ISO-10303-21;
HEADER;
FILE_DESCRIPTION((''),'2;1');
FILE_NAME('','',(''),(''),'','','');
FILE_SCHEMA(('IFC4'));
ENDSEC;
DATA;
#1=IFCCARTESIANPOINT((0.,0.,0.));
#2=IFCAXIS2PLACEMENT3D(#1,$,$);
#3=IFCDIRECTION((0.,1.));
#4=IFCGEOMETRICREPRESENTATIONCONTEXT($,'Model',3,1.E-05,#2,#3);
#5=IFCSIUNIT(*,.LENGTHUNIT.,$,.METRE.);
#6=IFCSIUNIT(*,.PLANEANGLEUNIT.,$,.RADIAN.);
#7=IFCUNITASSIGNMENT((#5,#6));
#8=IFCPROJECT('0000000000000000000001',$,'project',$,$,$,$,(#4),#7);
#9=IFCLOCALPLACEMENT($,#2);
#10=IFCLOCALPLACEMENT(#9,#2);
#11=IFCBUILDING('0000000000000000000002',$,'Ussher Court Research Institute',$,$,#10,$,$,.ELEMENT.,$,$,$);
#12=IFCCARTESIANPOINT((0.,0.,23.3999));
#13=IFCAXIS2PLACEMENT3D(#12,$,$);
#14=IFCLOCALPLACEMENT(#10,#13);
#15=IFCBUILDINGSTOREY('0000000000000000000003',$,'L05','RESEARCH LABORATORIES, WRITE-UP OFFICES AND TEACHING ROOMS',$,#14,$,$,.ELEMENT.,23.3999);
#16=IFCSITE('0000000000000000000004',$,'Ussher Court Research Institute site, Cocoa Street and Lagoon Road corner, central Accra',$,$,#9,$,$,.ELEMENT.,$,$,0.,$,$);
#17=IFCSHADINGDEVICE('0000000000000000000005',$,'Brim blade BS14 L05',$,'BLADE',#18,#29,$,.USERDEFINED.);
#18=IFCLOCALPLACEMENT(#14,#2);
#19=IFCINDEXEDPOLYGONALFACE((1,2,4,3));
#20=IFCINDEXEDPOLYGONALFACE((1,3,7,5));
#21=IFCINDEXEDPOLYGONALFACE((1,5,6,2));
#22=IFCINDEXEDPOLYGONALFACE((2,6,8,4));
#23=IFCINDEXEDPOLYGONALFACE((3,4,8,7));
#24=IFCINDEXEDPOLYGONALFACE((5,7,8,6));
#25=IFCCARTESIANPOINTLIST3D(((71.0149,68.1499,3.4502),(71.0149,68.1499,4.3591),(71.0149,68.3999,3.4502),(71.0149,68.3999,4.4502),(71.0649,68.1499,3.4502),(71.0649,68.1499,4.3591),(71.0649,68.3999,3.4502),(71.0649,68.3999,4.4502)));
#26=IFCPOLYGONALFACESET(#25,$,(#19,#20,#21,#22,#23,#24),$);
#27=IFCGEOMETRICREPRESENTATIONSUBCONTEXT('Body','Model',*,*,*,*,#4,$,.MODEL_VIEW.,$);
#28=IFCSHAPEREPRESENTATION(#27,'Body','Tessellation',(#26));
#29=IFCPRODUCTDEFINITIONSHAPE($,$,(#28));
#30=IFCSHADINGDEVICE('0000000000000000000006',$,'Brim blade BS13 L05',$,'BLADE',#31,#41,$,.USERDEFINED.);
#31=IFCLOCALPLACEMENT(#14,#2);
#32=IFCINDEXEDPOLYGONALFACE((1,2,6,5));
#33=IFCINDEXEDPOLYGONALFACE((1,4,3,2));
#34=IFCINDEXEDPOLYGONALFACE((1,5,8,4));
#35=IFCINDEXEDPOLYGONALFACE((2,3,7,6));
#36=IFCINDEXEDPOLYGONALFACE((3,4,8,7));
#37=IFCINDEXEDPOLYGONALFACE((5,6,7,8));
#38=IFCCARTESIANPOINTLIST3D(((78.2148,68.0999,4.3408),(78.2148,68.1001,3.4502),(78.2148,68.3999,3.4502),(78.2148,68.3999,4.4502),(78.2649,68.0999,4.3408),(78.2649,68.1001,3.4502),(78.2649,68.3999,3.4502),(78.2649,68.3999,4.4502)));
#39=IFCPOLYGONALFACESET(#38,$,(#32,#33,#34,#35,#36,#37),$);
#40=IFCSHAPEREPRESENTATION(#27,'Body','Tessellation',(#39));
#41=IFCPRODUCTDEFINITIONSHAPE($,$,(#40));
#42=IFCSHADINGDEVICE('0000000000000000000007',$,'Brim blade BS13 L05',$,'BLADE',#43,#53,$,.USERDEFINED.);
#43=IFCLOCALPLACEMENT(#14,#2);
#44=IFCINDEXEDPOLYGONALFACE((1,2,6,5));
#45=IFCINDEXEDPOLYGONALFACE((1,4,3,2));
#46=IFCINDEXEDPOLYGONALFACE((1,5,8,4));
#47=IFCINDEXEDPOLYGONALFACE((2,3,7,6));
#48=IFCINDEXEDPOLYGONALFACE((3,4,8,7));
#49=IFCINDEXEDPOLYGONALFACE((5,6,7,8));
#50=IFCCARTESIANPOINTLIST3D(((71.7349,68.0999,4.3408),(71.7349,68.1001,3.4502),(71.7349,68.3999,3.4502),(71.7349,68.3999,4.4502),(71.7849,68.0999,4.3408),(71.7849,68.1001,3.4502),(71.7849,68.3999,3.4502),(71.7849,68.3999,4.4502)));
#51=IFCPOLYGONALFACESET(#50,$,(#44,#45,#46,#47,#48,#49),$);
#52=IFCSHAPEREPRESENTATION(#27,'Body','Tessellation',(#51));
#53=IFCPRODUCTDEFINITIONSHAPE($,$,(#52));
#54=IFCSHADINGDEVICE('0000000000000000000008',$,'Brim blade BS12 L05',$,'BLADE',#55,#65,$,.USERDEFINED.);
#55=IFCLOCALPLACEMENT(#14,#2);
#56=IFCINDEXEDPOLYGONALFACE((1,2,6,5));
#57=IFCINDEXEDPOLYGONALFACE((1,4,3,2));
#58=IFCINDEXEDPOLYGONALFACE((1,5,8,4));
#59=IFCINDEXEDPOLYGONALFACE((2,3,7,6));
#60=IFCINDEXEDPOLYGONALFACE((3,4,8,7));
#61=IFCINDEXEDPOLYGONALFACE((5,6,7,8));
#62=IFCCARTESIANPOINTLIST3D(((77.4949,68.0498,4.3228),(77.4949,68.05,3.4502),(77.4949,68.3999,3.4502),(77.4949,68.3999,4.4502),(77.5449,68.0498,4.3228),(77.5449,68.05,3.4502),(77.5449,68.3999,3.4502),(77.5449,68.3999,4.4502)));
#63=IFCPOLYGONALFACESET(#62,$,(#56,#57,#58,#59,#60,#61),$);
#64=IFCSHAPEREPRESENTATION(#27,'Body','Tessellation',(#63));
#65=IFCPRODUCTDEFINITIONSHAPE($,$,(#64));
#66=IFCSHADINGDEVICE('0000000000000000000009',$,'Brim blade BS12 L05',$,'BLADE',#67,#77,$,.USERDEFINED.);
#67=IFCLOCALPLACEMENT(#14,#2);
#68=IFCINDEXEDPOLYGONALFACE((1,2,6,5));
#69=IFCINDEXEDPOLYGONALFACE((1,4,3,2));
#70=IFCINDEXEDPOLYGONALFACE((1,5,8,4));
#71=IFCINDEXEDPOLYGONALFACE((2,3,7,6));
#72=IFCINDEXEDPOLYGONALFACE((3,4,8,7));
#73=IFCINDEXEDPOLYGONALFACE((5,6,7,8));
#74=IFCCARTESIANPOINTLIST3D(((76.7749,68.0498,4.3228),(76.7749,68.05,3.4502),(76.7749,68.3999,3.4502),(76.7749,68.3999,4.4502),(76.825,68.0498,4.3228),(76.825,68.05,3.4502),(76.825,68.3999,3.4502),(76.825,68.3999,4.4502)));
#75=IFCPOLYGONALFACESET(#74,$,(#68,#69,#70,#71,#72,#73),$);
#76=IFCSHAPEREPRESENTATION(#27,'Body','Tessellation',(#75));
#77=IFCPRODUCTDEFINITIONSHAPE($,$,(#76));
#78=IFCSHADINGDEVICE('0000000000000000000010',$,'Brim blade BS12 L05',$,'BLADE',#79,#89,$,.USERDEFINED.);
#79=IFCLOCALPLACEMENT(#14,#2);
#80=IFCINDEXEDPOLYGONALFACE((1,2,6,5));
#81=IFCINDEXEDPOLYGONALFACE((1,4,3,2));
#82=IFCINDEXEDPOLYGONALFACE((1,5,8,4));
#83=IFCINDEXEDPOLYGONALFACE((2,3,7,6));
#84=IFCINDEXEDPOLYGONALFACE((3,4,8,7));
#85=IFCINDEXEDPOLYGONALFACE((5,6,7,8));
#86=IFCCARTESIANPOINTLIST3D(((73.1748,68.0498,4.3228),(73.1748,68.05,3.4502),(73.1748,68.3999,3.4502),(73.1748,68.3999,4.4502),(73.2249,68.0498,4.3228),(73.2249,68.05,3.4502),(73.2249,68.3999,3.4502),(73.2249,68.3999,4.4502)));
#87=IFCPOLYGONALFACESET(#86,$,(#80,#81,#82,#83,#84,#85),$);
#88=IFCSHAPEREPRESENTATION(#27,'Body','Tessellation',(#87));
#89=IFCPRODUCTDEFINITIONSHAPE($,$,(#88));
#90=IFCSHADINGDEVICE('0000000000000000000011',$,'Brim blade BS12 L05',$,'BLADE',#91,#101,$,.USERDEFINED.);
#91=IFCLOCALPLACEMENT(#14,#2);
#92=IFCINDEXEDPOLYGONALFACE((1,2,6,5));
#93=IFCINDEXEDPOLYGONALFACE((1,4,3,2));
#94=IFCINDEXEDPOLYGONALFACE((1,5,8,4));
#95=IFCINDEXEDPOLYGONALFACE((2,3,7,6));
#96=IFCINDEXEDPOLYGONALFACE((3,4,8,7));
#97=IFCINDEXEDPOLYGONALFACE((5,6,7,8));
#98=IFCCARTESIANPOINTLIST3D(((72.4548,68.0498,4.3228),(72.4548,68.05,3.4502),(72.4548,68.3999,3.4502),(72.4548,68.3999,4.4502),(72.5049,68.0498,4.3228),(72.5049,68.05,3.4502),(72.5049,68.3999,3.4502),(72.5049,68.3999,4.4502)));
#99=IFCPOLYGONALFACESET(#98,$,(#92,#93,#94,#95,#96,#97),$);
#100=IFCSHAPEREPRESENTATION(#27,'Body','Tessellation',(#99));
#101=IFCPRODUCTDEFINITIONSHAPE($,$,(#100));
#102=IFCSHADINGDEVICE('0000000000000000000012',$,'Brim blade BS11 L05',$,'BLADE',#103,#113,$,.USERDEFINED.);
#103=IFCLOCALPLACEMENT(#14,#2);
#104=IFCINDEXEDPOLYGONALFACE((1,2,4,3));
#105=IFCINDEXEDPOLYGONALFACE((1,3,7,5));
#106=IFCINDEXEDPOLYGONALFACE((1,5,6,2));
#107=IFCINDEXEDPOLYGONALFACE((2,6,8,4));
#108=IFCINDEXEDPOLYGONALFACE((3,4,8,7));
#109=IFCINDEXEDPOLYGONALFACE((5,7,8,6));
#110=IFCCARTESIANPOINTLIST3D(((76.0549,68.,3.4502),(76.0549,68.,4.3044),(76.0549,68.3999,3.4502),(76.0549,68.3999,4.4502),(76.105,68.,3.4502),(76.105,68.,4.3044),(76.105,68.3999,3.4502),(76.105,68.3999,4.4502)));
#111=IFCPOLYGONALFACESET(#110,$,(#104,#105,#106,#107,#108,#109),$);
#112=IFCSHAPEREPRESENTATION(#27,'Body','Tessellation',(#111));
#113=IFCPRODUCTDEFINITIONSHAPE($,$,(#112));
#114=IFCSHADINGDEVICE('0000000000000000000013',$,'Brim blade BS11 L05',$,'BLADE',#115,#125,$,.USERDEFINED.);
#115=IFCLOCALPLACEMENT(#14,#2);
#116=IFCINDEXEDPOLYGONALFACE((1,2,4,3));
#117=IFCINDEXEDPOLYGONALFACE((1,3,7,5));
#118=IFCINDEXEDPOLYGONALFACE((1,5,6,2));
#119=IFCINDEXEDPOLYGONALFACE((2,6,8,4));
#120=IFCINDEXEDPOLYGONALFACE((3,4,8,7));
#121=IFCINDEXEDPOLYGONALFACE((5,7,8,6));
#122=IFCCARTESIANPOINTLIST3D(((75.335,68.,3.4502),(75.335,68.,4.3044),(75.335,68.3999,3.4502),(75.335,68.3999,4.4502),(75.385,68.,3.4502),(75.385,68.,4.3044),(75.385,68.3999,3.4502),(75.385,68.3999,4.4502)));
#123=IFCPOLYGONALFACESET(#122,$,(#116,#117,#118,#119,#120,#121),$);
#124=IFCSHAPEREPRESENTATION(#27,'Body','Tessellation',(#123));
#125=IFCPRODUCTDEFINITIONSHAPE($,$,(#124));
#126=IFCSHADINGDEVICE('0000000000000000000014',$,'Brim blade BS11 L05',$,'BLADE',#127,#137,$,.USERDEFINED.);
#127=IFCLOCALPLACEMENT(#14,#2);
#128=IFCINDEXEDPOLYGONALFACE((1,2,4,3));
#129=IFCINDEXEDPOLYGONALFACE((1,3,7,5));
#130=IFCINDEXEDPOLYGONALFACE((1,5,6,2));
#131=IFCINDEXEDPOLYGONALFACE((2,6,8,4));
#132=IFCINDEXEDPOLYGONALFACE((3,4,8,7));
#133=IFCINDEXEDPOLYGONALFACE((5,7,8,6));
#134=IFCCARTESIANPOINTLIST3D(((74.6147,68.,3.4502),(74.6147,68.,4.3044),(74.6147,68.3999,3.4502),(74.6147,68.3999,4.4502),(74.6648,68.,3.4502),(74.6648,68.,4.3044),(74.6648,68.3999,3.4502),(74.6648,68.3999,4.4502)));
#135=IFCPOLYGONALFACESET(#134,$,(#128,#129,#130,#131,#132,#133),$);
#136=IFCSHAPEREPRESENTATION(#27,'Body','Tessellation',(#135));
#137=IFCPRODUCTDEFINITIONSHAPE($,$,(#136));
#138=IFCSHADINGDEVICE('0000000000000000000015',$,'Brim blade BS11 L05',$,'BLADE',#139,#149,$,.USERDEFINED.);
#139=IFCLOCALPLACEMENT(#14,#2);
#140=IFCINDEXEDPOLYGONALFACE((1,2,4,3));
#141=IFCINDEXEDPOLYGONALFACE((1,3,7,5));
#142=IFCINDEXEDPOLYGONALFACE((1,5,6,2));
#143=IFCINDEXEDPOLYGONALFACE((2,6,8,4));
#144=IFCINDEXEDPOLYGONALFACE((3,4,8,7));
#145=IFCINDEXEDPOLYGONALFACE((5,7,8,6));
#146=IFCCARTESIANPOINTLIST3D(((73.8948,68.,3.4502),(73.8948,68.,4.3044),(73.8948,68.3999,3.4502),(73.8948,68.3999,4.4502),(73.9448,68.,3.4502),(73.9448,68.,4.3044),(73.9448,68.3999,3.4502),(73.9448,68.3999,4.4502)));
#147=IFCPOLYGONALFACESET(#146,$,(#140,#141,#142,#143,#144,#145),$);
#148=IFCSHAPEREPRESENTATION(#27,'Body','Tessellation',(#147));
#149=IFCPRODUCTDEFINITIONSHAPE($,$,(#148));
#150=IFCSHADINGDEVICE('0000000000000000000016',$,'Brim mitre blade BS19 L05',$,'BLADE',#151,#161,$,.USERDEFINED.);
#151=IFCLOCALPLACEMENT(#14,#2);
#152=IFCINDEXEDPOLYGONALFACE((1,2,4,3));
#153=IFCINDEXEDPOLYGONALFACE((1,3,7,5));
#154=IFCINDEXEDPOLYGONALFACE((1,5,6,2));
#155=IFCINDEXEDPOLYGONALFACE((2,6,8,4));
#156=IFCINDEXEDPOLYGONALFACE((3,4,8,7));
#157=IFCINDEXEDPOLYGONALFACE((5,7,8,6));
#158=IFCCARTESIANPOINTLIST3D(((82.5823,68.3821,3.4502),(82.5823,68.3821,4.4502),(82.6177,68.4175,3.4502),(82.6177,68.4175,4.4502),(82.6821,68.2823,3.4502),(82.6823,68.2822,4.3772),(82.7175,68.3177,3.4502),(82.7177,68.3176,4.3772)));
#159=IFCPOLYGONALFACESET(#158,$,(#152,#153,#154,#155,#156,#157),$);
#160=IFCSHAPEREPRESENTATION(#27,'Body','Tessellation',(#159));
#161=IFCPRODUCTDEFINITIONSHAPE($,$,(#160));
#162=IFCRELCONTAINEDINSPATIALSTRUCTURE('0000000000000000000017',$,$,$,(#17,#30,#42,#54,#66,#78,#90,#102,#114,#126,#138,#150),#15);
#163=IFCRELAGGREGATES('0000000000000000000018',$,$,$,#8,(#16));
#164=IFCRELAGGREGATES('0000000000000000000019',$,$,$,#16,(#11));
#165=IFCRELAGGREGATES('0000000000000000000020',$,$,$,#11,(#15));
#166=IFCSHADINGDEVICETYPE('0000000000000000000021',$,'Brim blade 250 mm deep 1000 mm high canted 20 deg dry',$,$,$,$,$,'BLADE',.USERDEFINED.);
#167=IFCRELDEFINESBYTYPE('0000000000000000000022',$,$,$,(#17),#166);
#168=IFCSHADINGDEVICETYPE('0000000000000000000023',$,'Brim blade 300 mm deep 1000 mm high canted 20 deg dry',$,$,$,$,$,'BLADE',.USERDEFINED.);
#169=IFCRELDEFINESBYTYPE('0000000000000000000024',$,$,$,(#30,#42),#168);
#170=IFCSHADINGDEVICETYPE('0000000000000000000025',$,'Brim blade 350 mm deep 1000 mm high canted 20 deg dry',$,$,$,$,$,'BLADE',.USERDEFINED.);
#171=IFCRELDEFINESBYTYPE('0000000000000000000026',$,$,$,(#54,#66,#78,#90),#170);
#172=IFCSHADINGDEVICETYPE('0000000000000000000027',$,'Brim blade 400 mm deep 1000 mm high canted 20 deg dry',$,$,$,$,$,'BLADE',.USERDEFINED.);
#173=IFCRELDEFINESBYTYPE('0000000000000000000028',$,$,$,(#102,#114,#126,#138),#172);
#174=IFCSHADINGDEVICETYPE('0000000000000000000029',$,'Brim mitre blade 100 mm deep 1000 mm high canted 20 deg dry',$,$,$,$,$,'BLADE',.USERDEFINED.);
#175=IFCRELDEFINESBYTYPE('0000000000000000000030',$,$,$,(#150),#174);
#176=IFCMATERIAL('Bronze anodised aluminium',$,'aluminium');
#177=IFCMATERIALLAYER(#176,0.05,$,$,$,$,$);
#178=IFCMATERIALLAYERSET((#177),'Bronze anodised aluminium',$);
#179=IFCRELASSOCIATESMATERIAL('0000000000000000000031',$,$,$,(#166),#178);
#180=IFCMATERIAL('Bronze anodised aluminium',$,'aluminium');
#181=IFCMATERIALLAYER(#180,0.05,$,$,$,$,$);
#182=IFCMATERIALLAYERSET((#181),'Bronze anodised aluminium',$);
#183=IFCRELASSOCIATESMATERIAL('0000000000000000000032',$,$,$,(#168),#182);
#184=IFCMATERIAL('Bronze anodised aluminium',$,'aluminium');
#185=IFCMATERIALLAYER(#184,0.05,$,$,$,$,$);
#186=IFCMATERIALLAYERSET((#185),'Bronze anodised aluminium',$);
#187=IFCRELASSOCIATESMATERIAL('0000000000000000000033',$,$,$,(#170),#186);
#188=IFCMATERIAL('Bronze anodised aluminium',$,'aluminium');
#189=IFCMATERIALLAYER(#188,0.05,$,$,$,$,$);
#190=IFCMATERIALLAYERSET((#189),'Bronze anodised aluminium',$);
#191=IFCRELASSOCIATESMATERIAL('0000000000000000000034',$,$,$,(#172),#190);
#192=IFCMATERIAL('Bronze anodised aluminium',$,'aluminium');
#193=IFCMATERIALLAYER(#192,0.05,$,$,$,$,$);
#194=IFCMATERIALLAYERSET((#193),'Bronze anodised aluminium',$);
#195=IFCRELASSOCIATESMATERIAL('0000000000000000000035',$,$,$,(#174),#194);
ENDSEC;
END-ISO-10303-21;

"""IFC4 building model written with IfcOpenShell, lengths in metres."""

from ifc_helpers import new_model, si_unit, direction, frame, origin, place, context, subcontext, project, spatial, polyline, outline, extrude, material, layer, layer_set, type_object, element, save


model = new_model("IFC4")

# Units and contexts
model_context = context("Model", 3, precision=1e-05, world=origin(), true_north=direction((0.0, 1.0)))
body_context = subcontext(model_context, "Body", "Model", "MODEL_VIEW")
ifc_project = project(units=[si_unit("LENGTHUNIT", "METRE"), si_unit("PLANEANGLEUNIT", "RADIAN")], contexts=[model_context])

# Site, building, storey
site_placement = place(None, origin())
site = spatial("IfcSite", under=ifc_project, at=site_placement, Name="Ussher Court Research Institute site, Cocoa Street and Lagoon Road corner, central Accra", CompositionType="ELEMENT", RefElevation=0.0)
building_placement = place(site_placement, origin())
building = spatial("IfcBuilding", under=site, at=building_placement, Name="Ussher Court Research Institute", CompositionType="ELEMENT")
storey_placement = place(building_placement, frame((0.0, 0.0, 23.3999)))
storey = spatial("IfcBuildingStorey", under=building, at=storey_placement, Name="L05", Description="RESEARCH LABORATORIES, WRITE-UP OFFICES AND TEACHING ROOMS", CompositionType="ELEMENT", Elevation=23.3999)

# Shading devices
ifc_material_1 = material(Name="Bronze anodised aluminium", Category="aluminium")
ifc_layer_1 = layer(ifc_material_1, 0.05)
ifc_layer_set_1 = layer_set([ifc_layer_1], Name="Bronze anodised aluminium")
shading_device_type_1 = type_object("IfcShadingDeviceType", Name="Brim blade 250 mm deep 1000 mm high canted 20 deg dry", ElementType="BLADE", PredefinedType="USERDEFINED", material=ifc_layer_set_1)
for number, where, z_axis, x_axis, name in (
    (1, (71.04, 68.3999, 3.4502), (0.0, 0.0, 1.0), (0.0, -1.0, 0.0), "Brim blade BS14 L05"),
):
    element("IfcShadingDevice", number, at=place(storey_placement, frame(where, z_axis=z_axis, x_axis=x_axis)), inside=storey, type_object=shading_device_type_1, Name=name, ObjectType="BLADE", PredefinedType="USERDEFINED", context=body_context, shape_type="SweptSolid", body=[
        extrude(outline(polyline([(0.0, 0.0), (0.25, 0.0), (0.25, 0.9089), (0.0, 1.0), (0.0, 0.0)])), frame((0.0, 0.0249, 0.0), z_axis=(0.0, -1.0, 0.0), x_axis=(1.0, 0.0, 0.0)), (0.0, 0.0, 1.0), 0.05),
    ])
ifc_material_2 = material(Name="Bronze anodised aluminium", Category="aluminium")
ifc_layer_2 = layer(ifc_material_2, 0.05)
ifc_layer_set_2 = layer_set([ifc_layer_2], Name="Bronze anodised aluminium")
shading_device_type_2 = type_object("IfcShadingDeviceType", Name="Brim blade 300 mm deep 1000 mm high canted 20 deg dry", ElementType="BLADE", PredefinedType="USERDEFINED", material=ifc_layer_set_2)
for number, where, z_axis, x_axis, name in (
    (2, (78.24, 68.3999, 3.4502), (0.0, 0.0, 1.0), (0.0, -1.0, 0.0), "Brim blade BS13 L05"),
    (3, (71.76, 68.3999, 3.4502), (0.0, 0.0, 1.0), (0.0, -1.0, 0.0), "Brim blade BS13 L05"),
):
    element("IfcShadingDevice", number, at=place(storey_placement, frame(where, z_axis=z_axis, x_axis=x_axis)), inside=storey, type_object=shading_device_type_2, Name=name, ObjectType="BLADE", PredefinedType="USERDEFINED", context=body_context, shape_type="SweptSolid", body=[
        extrude(outline(polyline([(0.0, 0.0), (0.2998, 0.0), (0.3, 0.8906), (0.0, 1.0), (0.0, 0.0)])), frame((0.0, 0.0249, 0.0), z_axis=(0.0, -1.0, 0.0), x_axis=(1.0, 0.0, 0.0)), (0.0, 0.0, 1.0), 0.05),
    ])
ifc_material_3 = material(Name="Bronze anodised aluminium", Category="aluminium")
ifc_layer_3 = layer(ifc_material_3, 0.05)
ifc_layer_set_3 = layer_set([ifc_layer_3], Name="Bronze anodised aluminium")
shading_device_type_3 = type_object("IfcShadingDeviceType", Name="Brim blade 350 mm deep 1000 mm high canted 20 deg dry", ElementType="BLADE", PredefinedType="USERDEFINED", material=ifc_layer_set_3)
for number, where, z_axis, x_axis, name in (
    (4, (77.52, 68.3999, 3.4502), (0.0, 0.0, 1.0), (0.0, -1.0, 0.0), "Brim blade BS12 L05"),
    (5, (76.8, 68.3999, 3.4502), (0.0, 0.0, 1.0), (0.0, -1.0, 0.0), "Brim blade BS12 L05"),
    (6, (73.2, 68.3999, 3.4502), (0.0, 0.0, 1.0), (0.0, -1.0, 0.0), "Brim blade BS12 L05"),
    (7, (72.48, 68.3999, 3.4502), (0.0, 0.0, 1.0), (0.0, -1.0, 0.0), "Brim blade BS12 L05"),
):
    element("IfcShadingDevice", number, at=place(storey_placement, frame(where, z_axis=z_axis, x_axis=x_axis)), inside=storey, type_object=shading_device_type_3, Name=name, ObjectType="BLADE", PredefinedType="USERDEFINED", context=body_context, shape_type="SweptSolid", body=[
        extrude(outline(polyline([(0.0, 0.0), (0.3499, 0.0), (0.3501, 0.8726), (0.0, 1.0), (0.0, 0.0)])), frame((0.0, 0.0249, 0.0), z_axis=(0.0, -1.0, 0.0), x_axis=(1.0, 0.0, 0.0)), (0.0, 0.0, 1.0), 0.05),
    ])
ifc_material_4 = material(Name="Bronze anodised aluminium", Category="aluminium")
ifc_layer_4 = layer(ifc_material_4, 0.05)
ifc_layer_set_4 = layer_set([ifc_layer_4], Name="Bronze anodised aluminium")
shading_device_type_4 = type_object("IfcShadingDeviceType", Name="Brim blade 400 mm deep 1000 mm high canted 20 deg dry", ElementType="BLADE", PredefinedType="USERDEFINED", material=ifc_layer_set_4)
for number, where, z_axis, x_axis, name in (
    (8, (76.0801, 68.3999, 3.4502), (0.0, 0.0, 1.0), (0.0, -1.0, 0.0), "Brim blade BS11 L05"),
    (9, (75.3601, 68.3999, 3.4502), (0.0, 0.0, 1.0), (0.0, -1.0, 0.0), "Brim blade BS11 L05"),
    (10, (74.6399, 68.3999, 3.4502), (0.0, 0.0, 1.0), (0.0, -1.0, 0.0), "Brim blade BS11 L05"),
    (11, (73.9199, 68.3999, 3.4502), (0.0, 0.0, 1.0), (0.0, -1.0, 0.0), "Brim blade BS11 L05"),
):
    element("IfcShadingDevice", number, at=place(storey_placement, frame(where, z_axis=z_axis, x_axis=x_axis)), inside=storey, type_object=shading_device_type_4, Name=name, ObjectType="BLADE", PredefinedType="USERDEFINED", context=body_context, shape_type="SweptSolid", body=[
        extrude(outline(polyline([(0.0, 0.0), (0.3999, 0.0), (0.3999, 0.8542), (0.0, 1.0), (0.0, 0.0)])), frame((0.0, 0.0249, 0.0), z_axis=(0.0, -1.0, 0.0), x_axis=(1.0, 0.0, 0.0)), (0.0, 0.0, 1.0), 0.05),
    ])
ifc_material_5 = material(Name="Bronze anodised aluminium", Category="aluminium")
ifc_layer_5 = layer(ifc_material_5, 0.05)
ifc_layer_set_5 = layer_set([ifc_layer_5], Name="Bronze anodised aluminium")
shading_device_type_5 = type_object("IfcShadingDeviceType", Name="Brim mitre blade 100 mm deep 1000 mm high canted 20 deg dry", ElementType="BLADE", PredefinedType="USERDEFINED", material=ifc_layer_set_5)
shading_device_1_placement = place(storey_placement, frame((82.6001, 68.3999, 3.4502), z_axis=(0.0, 0.0, 1.0), x_axis=(0.707107, -0.707107, 0.0)))
element("IfcShadingDevice", 12, at=shading_device_1_placement, inside=storey, type_object=shading_device_type_5, Name="Brim mitre blade BS19 L05", ObjectType="BLADE", PredefinedType="USERDEFINED", context=body_context, shape_type="SweptSolid", body=[
    extrude(outline(polyline([(0.0, 0.0), (0.1411, 0.0), (0.1414, 0.927), (0.0, 1.0), (0.0, 0.0)])), frame((0.0, 0.0249, 0.0), z_axis=(0.0, -1.0, 0.0), x_axis=(1.0, 0.0, 0.0)), (0.0, 0.0, 1.0), 0.05),
])

save(model, "model.ifc")
